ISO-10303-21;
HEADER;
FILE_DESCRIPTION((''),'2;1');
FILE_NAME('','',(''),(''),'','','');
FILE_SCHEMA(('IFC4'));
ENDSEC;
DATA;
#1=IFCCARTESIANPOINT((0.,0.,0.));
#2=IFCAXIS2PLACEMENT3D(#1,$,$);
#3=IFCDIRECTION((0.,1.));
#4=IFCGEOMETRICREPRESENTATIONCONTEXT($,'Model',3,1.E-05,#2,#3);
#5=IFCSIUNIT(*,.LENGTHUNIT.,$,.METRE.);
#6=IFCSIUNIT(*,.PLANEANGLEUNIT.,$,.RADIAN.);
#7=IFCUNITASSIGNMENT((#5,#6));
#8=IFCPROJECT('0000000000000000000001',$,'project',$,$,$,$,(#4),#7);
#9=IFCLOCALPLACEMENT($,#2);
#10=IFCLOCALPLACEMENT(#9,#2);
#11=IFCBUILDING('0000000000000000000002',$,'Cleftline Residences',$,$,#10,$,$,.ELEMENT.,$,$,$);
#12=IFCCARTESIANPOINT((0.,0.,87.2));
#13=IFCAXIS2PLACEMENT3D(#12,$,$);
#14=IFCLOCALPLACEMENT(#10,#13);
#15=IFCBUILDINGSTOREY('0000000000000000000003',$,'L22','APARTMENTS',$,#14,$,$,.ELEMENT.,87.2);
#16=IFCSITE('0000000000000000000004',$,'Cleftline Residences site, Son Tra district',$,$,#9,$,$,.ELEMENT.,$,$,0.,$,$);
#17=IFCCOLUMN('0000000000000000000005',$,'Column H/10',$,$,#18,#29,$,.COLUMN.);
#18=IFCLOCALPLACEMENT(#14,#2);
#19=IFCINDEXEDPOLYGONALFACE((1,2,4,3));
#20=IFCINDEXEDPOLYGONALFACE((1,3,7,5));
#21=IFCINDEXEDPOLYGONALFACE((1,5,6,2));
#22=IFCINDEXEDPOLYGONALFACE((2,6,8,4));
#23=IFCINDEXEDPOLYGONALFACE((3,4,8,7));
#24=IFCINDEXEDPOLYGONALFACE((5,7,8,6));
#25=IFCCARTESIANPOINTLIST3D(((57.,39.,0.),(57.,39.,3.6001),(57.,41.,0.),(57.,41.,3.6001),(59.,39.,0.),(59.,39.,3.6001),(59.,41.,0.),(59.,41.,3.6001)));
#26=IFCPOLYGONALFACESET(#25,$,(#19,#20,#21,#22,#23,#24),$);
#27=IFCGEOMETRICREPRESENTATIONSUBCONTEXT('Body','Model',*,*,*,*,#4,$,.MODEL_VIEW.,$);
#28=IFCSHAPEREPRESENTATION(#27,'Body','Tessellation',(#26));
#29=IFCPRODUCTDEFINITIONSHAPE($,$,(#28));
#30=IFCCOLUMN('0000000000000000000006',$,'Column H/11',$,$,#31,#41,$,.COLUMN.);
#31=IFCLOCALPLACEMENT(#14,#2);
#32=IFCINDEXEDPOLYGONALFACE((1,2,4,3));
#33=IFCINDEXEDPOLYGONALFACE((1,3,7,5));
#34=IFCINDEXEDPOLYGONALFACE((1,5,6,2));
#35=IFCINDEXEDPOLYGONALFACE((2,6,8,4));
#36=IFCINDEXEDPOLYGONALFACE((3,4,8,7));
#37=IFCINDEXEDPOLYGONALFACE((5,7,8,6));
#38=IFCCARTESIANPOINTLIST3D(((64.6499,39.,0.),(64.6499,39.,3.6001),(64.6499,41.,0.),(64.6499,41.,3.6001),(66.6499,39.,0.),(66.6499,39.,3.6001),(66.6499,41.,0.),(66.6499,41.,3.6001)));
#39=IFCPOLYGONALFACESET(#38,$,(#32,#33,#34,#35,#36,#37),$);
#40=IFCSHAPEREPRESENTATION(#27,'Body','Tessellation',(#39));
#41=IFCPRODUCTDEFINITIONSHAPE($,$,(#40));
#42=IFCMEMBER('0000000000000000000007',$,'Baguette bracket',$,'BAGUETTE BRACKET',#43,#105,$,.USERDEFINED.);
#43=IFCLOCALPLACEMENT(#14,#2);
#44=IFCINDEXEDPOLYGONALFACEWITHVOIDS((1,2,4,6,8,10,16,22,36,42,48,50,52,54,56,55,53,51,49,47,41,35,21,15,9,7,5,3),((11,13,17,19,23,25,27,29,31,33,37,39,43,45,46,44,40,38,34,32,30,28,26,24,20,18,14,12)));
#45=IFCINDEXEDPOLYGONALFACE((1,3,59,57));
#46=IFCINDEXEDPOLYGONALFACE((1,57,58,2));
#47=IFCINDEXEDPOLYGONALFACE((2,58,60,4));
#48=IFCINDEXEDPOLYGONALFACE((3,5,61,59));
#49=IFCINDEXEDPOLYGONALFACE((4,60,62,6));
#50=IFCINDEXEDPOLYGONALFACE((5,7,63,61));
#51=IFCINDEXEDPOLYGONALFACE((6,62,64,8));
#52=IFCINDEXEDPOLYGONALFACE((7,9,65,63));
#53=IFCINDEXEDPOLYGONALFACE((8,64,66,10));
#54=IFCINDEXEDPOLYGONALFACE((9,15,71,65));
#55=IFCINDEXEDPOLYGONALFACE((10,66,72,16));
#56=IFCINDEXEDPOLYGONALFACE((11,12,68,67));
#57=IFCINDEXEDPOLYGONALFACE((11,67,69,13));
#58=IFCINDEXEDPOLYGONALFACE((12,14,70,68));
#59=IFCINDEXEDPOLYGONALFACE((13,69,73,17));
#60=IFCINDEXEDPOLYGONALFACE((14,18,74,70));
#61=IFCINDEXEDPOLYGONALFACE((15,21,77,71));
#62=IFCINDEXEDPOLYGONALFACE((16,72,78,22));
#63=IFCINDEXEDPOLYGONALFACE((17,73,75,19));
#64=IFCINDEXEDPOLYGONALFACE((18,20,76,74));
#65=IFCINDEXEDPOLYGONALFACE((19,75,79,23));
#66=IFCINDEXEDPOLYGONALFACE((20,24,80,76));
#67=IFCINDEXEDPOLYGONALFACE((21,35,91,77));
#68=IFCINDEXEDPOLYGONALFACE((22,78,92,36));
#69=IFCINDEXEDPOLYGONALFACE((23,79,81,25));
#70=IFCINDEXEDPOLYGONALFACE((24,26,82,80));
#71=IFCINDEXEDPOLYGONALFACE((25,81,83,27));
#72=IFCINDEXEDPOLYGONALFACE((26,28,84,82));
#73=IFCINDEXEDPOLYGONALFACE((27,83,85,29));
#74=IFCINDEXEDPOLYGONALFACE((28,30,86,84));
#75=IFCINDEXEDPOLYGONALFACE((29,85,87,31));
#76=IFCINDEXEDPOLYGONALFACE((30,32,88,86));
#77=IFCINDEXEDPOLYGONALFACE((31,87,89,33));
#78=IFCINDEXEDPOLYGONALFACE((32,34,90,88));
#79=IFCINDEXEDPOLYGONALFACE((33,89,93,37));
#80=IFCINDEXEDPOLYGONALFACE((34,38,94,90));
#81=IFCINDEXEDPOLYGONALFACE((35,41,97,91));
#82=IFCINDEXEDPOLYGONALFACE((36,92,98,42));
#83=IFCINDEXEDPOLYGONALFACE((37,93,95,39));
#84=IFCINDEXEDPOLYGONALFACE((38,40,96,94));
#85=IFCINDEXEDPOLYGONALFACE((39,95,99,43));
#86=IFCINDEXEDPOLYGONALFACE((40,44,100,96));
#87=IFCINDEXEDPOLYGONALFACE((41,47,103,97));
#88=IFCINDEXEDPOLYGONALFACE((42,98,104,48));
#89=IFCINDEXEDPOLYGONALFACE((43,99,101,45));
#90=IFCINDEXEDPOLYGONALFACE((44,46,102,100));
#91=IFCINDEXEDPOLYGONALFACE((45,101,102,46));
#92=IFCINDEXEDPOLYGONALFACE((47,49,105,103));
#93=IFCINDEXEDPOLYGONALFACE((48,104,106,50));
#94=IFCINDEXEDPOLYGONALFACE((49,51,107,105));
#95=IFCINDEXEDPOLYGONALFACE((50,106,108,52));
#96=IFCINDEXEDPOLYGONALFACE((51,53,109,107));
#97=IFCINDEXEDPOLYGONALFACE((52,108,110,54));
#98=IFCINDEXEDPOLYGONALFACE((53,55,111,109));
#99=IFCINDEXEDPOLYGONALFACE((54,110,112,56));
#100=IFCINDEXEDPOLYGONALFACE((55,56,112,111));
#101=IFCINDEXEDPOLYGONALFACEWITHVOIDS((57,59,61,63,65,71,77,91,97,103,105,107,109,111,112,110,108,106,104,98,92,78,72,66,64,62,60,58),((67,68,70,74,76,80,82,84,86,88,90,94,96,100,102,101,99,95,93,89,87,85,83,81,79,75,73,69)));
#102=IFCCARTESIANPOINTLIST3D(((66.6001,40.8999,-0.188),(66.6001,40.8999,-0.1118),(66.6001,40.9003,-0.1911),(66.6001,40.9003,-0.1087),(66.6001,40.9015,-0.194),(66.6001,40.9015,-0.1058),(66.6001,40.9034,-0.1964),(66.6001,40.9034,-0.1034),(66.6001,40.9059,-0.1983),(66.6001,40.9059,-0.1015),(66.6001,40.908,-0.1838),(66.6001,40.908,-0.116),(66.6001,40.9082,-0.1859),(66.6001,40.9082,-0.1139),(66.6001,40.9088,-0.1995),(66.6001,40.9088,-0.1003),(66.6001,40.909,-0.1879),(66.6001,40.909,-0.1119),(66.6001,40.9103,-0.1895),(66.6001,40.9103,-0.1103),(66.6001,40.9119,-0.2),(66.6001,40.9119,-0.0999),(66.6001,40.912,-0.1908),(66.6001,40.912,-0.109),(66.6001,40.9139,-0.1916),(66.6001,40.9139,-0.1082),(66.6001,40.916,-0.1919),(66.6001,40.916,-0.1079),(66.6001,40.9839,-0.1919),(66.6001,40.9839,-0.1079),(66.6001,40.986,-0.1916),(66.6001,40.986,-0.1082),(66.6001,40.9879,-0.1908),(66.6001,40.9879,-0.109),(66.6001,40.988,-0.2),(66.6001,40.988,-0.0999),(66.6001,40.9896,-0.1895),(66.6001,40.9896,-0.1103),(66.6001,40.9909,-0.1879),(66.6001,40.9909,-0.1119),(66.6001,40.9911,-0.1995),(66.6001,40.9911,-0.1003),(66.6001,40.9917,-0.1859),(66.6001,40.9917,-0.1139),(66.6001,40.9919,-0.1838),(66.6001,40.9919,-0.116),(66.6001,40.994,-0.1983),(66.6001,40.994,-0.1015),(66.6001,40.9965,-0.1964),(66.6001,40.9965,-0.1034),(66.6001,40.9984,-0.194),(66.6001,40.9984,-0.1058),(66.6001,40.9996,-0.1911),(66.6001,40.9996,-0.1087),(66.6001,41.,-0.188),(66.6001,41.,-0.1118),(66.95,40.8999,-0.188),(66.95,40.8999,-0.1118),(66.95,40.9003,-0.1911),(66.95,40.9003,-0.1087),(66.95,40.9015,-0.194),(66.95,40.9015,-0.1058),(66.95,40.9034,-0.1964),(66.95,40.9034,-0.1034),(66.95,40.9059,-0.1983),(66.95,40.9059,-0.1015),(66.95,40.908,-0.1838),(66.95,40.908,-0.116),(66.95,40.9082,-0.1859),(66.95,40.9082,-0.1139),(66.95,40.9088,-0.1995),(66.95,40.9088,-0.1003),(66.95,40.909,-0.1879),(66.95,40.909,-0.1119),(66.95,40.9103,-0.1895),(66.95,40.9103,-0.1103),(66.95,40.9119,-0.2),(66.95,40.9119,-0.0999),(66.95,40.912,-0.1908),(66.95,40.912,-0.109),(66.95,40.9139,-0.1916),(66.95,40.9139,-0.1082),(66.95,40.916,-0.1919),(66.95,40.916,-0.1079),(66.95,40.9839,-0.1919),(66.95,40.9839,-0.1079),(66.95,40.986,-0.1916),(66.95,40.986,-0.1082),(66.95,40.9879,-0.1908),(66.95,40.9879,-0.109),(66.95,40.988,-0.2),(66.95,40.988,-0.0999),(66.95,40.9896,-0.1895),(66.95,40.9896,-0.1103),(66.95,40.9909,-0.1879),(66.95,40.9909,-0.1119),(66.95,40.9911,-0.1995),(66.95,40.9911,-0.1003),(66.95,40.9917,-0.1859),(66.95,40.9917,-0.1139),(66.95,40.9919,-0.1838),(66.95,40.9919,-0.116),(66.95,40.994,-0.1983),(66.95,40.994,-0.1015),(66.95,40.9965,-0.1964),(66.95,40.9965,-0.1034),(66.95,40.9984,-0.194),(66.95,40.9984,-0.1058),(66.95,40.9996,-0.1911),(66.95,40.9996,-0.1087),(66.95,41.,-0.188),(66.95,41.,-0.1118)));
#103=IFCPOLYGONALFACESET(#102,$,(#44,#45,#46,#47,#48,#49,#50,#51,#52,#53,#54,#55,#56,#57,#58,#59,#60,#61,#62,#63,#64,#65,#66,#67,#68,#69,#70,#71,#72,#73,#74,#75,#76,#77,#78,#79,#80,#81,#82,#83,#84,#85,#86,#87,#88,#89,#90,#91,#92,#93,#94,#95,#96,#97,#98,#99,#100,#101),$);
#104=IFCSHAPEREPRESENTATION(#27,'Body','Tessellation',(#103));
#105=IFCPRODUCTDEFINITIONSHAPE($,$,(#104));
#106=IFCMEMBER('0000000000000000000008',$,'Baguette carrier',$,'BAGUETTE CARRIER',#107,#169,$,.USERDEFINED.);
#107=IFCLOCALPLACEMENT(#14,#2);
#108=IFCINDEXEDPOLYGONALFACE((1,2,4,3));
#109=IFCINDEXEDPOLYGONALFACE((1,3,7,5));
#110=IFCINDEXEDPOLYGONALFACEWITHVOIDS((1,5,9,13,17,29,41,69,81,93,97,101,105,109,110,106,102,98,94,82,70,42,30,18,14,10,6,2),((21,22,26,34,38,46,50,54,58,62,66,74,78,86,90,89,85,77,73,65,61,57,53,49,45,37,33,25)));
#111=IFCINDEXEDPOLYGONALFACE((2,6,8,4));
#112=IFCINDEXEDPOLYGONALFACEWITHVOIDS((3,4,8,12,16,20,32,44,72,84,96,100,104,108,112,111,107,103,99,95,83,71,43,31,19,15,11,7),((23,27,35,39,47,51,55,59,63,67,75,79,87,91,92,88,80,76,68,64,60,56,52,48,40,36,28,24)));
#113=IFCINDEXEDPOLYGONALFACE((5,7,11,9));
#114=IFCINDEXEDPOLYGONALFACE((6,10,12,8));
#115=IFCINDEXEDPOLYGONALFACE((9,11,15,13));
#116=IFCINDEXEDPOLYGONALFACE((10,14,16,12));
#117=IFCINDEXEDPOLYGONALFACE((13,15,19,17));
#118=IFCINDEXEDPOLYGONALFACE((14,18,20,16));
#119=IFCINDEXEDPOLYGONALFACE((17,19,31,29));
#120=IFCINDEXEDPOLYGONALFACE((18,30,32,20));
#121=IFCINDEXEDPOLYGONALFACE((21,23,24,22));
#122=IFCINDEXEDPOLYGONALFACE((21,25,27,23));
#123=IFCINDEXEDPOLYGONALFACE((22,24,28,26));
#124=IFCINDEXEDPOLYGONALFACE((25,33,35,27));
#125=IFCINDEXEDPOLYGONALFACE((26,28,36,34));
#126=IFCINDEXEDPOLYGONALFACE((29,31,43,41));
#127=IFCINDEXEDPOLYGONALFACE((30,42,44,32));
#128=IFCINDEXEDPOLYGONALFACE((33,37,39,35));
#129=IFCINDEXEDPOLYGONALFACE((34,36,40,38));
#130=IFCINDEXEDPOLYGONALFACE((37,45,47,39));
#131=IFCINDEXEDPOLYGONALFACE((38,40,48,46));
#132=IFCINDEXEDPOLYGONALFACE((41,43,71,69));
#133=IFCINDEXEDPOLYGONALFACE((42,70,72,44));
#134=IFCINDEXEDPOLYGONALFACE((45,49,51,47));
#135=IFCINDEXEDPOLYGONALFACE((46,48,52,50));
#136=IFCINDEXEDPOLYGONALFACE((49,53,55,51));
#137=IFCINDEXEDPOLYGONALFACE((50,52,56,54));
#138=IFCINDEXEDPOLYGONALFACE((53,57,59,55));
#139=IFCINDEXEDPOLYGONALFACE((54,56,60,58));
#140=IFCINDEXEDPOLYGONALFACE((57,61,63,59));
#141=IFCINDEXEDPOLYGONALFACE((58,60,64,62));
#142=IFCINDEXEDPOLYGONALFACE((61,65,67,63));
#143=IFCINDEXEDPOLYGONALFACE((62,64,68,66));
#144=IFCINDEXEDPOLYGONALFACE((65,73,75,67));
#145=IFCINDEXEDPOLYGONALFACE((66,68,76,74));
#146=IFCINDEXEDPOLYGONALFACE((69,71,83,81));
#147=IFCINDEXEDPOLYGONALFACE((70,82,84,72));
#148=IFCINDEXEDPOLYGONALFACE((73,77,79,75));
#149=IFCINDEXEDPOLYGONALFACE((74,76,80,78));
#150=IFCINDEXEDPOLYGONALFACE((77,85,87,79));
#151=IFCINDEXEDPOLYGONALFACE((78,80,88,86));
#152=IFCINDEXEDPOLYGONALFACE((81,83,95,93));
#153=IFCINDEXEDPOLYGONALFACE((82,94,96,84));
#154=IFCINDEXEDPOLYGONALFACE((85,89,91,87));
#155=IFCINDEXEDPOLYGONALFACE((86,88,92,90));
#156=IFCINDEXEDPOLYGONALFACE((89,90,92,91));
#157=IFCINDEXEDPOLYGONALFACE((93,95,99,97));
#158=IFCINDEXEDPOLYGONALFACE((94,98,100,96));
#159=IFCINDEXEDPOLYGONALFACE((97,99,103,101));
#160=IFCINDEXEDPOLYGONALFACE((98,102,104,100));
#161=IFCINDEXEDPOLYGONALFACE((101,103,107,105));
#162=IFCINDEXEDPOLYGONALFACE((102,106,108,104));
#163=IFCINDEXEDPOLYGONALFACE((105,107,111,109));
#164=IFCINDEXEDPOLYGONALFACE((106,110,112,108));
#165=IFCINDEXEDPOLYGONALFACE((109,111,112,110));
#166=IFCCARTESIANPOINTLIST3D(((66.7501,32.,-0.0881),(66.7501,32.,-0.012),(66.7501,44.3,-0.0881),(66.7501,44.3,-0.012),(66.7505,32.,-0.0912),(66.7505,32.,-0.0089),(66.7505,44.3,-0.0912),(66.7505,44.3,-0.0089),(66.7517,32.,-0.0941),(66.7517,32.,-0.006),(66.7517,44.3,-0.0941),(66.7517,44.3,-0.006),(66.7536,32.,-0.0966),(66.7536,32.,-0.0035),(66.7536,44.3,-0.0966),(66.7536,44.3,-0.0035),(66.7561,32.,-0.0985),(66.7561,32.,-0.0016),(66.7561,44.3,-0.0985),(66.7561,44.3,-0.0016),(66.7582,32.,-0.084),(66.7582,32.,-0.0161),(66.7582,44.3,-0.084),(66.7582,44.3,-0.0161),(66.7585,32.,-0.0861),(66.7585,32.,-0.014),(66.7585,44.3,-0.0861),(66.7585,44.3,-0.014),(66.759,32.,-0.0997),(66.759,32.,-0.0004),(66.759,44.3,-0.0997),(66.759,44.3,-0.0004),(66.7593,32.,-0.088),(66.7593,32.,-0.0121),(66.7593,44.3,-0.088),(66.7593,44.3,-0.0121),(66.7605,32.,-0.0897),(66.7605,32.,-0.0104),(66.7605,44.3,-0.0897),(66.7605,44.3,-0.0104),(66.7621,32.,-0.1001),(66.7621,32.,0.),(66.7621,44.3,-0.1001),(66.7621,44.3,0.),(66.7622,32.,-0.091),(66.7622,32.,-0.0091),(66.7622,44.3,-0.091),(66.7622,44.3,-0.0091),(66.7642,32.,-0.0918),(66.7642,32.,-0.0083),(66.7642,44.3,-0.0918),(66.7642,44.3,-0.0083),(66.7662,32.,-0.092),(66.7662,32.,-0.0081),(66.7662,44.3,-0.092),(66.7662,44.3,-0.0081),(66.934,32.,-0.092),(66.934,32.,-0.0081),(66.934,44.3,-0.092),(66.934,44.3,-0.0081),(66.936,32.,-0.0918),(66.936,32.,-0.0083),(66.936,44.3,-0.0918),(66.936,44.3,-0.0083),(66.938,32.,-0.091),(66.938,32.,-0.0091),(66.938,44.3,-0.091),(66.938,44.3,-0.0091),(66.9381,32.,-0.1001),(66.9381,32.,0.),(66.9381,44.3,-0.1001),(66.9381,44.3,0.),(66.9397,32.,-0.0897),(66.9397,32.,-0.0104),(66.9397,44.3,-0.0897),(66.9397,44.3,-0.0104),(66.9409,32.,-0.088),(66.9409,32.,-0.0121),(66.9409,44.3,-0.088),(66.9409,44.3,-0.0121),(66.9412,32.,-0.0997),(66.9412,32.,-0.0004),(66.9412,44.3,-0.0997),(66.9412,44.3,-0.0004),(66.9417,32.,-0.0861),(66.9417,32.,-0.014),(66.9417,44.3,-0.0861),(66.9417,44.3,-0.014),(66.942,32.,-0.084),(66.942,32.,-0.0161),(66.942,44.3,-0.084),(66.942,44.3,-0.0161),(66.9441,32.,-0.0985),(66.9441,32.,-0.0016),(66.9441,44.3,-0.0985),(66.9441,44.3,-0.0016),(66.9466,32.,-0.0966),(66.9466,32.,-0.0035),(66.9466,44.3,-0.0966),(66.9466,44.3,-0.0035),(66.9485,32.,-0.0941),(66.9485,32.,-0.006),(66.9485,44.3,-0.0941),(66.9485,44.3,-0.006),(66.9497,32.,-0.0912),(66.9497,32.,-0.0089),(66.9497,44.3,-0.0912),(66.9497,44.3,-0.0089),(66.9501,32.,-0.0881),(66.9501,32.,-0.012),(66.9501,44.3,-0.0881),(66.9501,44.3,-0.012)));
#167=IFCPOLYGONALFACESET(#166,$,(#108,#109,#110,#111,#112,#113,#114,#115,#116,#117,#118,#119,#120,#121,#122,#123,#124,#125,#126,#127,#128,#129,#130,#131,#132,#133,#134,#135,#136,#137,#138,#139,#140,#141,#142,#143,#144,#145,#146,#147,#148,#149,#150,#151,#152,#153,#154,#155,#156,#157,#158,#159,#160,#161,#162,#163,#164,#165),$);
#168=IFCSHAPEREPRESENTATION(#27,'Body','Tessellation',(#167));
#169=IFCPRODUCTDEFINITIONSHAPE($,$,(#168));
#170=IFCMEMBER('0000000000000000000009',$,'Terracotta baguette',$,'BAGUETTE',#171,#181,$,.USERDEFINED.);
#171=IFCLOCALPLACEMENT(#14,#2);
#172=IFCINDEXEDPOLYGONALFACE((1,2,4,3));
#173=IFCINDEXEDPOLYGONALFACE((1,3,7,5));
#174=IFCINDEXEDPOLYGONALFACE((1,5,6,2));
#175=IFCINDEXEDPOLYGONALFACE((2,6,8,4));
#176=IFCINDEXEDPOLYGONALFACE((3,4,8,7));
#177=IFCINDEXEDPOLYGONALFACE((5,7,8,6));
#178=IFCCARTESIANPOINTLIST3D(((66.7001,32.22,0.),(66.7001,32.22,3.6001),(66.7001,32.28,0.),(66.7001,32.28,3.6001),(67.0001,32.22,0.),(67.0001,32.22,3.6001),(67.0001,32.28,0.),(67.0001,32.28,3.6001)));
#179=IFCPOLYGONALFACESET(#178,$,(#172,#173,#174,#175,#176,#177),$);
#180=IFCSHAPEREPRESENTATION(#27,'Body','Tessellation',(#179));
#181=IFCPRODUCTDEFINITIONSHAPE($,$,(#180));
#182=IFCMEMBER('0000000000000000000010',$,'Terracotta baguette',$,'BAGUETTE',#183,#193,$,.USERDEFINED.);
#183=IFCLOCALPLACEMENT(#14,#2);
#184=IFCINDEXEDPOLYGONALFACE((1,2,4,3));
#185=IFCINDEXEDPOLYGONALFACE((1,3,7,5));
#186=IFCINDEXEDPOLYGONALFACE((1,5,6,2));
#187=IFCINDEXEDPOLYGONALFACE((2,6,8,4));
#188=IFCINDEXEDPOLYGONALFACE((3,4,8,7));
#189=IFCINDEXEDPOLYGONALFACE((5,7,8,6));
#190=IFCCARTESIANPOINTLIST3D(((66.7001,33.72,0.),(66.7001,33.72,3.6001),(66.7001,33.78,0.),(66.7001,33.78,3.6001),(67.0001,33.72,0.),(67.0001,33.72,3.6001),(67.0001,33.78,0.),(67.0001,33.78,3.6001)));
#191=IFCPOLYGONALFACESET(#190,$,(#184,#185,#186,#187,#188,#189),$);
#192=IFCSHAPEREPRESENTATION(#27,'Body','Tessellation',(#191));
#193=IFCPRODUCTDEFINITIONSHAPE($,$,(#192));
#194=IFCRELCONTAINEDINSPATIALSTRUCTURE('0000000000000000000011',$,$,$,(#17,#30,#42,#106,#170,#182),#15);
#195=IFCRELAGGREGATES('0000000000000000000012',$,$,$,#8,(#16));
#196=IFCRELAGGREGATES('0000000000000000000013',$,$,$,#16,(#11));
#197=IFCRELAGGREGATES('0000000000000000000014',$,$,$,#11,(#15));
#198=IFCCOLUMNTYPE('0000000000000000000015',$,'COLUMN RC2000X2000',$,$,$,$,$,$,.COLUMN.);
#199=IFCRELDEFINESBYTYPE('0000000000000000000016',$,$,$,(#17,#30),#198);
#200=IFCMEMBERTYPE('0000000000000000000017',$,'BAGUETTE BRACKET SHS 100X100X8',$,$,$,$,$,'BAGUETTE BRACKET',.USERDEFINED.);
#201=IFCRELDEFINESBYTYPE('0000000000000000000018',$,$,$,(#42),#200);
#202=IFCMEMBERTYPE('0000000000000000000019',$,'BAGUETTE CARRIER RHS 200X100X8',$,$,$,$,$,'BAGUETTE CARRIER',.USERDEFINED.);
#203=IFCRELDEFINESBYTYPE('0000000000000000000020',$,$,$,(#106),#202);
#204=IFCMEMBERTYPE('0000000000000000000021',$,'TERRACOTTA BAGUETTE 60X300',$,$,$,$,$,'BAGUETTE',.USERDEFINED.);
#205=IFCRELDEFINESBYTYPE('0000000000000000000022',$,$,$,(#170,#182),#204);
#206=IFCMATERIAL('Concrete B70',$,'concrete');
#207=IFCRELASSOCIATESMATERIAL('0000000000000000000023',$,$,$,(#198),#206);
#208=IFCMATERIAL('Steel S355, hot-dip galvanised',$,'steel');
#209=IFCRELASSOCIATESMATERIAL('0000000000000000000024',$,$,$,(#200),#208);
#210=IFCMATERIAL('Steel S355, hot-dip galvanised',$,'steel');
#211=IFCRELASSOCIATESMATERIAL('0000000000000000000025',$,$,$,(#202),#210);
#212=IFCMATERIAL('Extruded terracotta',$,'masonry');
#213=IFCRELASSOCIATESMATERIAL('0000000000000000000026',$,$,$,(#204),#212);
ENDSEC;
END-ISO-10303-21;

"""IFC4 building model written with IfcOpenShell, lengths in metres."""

from ifc_helpers import new_model, si_unit, direction, frame, origin, origin_2d, place, context, subcontext, project, spatial, rectangle, hollow_rectangle, extrude, material, material_profile, profile_set, type_object, element, save


model = new_model("IFC4")

# Units and contexts
model_context = context("Model", 3, precision=1e-05, world=origin(), true_north=direction((0.0, 1.0)))
body_context = subcontext(model_context, "Body", "Model", "MODEL_VIEW")
ifc_project = project(units=[si_unit("LENGTHUNIT", "METRE"), si_unit("PLANEANGLEUNIT", "RADIAN")], contexts=[model_context])

# Site, building, storey
site_placement = place(None, origin())
site = spatial("IfcSite", under=ifc_project, at=site_placement, Name="Cleftline Residences site, Son Tra district", CompositionType="ELEMENT", RefElevation=0.0)
building_placement = place(site_placement, origin())
building = spatial("IfcBuilding", under=site, at=building_placement, Name="Cleftline Residences", CompositionType="ELEMENT")
storey_placement = place(building_placement, frame((0.0, 0.0, 87.2)))
storey = spatial("IfcBuildingStorey", under=building, at=storey_placement, Name="L22", Description="APARTMENTS", CompositionType="ELEMENT", Elevation=87.2)

# Columns
ifc_material_1 = material(Name="Concrete B70", Category="concrete")
ifc_material_profile_1 = material_profile(ifc_material_1, rectangle(XDim=2.0, YDim=2.0, at=origin_2d()))
ifc_profile_set_1 = profile_set([ifc_material_profile_1], Name="Concrete B70")
column_type = type_object("IfcColumnType", Name="COLUMN RC2000X2000", PredefinedType="COLUMN", material=ifc_profile_set_1)
for number, where, z_axis, x_axis, name in (
    (1, (58.0, 40.0, 0.0), (0.0, 0.0, 1.0), (1.0, 0.0, 0.0), "Column H/10"),
    (2, (65.6499, 40.0, 0.0), (0.0, 0.0, 1.0), (1.0, 0.0, 0.0), "Column H/11"),
):
    element("IfcColumn", number, at=place(storey_placement, frame(where, z_axis=z_axis, x_axis=x_axis)), inside=storey, type_object=column_type, Name=name, PredefinedType="COLUMN", context=body_context, shape_type="SweptSolid", body=[
        extrude(rectangle(XDim=2.0, YDim=2.0, at=origin_2d()), origin(), (0.0, 0.0, 1.0), 3.6001),
    ])

# Members
ifc_material_2 = material(Name="Steel S355, hot-dip galvanised", Category="steel")
ifc_material_profile_2 = material_profile(ifc_material_2, hollow_rectangle(XDim=0.1001, YDim=0.1001, WallThickness=0.0081, InnerFilletRadius=0.0081, OuterFilletRadius=0.012, at=origin_2d()))
ifc_profile_set_2 = profile_set([ifc_material_profile_2], Name="Steel S355, hot-dip galvanised")
member_type_1 = type_object("IfcMemberType", Name="BAGUETTE BRACKET SHS 100X100X8", ElementType="BAGUETTE BRACKET", PredefinedType="USERDEFINED", material=ifc_profile_set_2)
member_1_placement = place(storey_placement, frame((66.6001, 40.95, -0.1499), z_axis=(1.0, 0.0, 0.0), x_axis=(0.0, 1.0, 0.0)))
element("IfcMember", 3, at=member_1_placement, inside=storey, type_object=member_type_1, Name="Baguette bracket", ObjectType="BAGUETTE BRACKET", PredefinedType="USERDEFINED", context=body_context, shape_type="SweptSolid", body=[
    extrude(hollow_rectangle(XDim=0.1001, YDim=0.1001, WallThickness=0.0081, InnerFilletRadius=0.0081, OuterFilletRadius=0.012, at=origin_2d()), origin(), (0.0, 0.0, 1.0), 0.3499),
])
ifc_material_3 = material(Name="Steel S355, hot-dip galvanised", Category="steel")
ifc_material_profile_3 = material_profile(ifc_material_3, hollow_rectangle(XDim=0.1001, YDim=0.2, WallThickness=0.0081, InnerFilletRadius=0.0081, OuterFilletRadius=0.012, at=origin_2d()))
ifc_profile_set_3 = profile_set([ifc_material_profile_3], Name="Steel S355, hot-dip galvanised")
member_type_2 = type_object("IfcMemberType", Name="BAGUETTE CARRIER RHS 200X100X8", ElementType="BAGUETTE CARRIER", PredefinedType="USERDEFINED", material=ifc_profile_set_3)
member_2_placement = place(storey_placement, frame((66.8501, 32.0, -0.05), z_axis=(0.0, 1.0, 0.0), x_axis=(0.0, 0.0, 1.0)))
element("IfcMember", 4, at=member_2_placement, inside=storey, type_object=member_type_2, Name="Baguette carrier", ObjectType="BAGUETTE CARRIER", PredefinedType="USERDEFINED", context=body_context, shape_type="SweptSolid", body=[
    extrude(hollow_rectangle(XDim=0.1001, YDim=0.2, WallThickness=0.0081, InnerFilletRadius=0.0081, OuterFilletRadius=0.012, at=origin_2d()), origin(), (0.0, 0.0, 1.0), 12.3),
])
ifc_material_4 = material(Name="Extruded terracotta", Category="masonry")
ifc_material_profile_4 = material_profile(ifc_material_4, rectangle(XDim=0.0601, YDim=0.3, at=origin_2d()))
ifc_profile_set_4 = profile_set([ifc_material_profile_4], Name="Extruded terracotta")
member_type_3 = type_object("IfcMemberType", Name="TERRACOTTA BAGUETTE 60X300", ElementType="BAGUETTE", PredefinedType="USERDEFINED", material=ifc_profile_set_4)
for number, where, z_axis, x_axis, name in (
    (5, (66.8501, 32.25, 0.0), (0.0, 0.0, 1.0), (0.0, 1.0, 0.0), "Terracotta baguette"),
    (6, (66.8501, 33.75, 0.0), (0.0, 0.0, 1.0), (0.0, 1.0, 0.0), "Terracotta baguette"),
):
    element("IfcMember", number, at=place(storey_placement, frame(where, z_axis=z_axis, x_axis=x_axis)), inside=storey, type_object=member_type_3, Name=name, ObjectType="BAGUETTE", PredefinedType="USERDEFINED", context=body_context, shape_type="SweptSolid", body=[
        extrude(rectangle(XDim=0.0601, YDim=0.3, at=origin_2d()), origin(), (0.0, 0.0, 1.0), 3.6001),
    ])

save(model, "model.ifc")
